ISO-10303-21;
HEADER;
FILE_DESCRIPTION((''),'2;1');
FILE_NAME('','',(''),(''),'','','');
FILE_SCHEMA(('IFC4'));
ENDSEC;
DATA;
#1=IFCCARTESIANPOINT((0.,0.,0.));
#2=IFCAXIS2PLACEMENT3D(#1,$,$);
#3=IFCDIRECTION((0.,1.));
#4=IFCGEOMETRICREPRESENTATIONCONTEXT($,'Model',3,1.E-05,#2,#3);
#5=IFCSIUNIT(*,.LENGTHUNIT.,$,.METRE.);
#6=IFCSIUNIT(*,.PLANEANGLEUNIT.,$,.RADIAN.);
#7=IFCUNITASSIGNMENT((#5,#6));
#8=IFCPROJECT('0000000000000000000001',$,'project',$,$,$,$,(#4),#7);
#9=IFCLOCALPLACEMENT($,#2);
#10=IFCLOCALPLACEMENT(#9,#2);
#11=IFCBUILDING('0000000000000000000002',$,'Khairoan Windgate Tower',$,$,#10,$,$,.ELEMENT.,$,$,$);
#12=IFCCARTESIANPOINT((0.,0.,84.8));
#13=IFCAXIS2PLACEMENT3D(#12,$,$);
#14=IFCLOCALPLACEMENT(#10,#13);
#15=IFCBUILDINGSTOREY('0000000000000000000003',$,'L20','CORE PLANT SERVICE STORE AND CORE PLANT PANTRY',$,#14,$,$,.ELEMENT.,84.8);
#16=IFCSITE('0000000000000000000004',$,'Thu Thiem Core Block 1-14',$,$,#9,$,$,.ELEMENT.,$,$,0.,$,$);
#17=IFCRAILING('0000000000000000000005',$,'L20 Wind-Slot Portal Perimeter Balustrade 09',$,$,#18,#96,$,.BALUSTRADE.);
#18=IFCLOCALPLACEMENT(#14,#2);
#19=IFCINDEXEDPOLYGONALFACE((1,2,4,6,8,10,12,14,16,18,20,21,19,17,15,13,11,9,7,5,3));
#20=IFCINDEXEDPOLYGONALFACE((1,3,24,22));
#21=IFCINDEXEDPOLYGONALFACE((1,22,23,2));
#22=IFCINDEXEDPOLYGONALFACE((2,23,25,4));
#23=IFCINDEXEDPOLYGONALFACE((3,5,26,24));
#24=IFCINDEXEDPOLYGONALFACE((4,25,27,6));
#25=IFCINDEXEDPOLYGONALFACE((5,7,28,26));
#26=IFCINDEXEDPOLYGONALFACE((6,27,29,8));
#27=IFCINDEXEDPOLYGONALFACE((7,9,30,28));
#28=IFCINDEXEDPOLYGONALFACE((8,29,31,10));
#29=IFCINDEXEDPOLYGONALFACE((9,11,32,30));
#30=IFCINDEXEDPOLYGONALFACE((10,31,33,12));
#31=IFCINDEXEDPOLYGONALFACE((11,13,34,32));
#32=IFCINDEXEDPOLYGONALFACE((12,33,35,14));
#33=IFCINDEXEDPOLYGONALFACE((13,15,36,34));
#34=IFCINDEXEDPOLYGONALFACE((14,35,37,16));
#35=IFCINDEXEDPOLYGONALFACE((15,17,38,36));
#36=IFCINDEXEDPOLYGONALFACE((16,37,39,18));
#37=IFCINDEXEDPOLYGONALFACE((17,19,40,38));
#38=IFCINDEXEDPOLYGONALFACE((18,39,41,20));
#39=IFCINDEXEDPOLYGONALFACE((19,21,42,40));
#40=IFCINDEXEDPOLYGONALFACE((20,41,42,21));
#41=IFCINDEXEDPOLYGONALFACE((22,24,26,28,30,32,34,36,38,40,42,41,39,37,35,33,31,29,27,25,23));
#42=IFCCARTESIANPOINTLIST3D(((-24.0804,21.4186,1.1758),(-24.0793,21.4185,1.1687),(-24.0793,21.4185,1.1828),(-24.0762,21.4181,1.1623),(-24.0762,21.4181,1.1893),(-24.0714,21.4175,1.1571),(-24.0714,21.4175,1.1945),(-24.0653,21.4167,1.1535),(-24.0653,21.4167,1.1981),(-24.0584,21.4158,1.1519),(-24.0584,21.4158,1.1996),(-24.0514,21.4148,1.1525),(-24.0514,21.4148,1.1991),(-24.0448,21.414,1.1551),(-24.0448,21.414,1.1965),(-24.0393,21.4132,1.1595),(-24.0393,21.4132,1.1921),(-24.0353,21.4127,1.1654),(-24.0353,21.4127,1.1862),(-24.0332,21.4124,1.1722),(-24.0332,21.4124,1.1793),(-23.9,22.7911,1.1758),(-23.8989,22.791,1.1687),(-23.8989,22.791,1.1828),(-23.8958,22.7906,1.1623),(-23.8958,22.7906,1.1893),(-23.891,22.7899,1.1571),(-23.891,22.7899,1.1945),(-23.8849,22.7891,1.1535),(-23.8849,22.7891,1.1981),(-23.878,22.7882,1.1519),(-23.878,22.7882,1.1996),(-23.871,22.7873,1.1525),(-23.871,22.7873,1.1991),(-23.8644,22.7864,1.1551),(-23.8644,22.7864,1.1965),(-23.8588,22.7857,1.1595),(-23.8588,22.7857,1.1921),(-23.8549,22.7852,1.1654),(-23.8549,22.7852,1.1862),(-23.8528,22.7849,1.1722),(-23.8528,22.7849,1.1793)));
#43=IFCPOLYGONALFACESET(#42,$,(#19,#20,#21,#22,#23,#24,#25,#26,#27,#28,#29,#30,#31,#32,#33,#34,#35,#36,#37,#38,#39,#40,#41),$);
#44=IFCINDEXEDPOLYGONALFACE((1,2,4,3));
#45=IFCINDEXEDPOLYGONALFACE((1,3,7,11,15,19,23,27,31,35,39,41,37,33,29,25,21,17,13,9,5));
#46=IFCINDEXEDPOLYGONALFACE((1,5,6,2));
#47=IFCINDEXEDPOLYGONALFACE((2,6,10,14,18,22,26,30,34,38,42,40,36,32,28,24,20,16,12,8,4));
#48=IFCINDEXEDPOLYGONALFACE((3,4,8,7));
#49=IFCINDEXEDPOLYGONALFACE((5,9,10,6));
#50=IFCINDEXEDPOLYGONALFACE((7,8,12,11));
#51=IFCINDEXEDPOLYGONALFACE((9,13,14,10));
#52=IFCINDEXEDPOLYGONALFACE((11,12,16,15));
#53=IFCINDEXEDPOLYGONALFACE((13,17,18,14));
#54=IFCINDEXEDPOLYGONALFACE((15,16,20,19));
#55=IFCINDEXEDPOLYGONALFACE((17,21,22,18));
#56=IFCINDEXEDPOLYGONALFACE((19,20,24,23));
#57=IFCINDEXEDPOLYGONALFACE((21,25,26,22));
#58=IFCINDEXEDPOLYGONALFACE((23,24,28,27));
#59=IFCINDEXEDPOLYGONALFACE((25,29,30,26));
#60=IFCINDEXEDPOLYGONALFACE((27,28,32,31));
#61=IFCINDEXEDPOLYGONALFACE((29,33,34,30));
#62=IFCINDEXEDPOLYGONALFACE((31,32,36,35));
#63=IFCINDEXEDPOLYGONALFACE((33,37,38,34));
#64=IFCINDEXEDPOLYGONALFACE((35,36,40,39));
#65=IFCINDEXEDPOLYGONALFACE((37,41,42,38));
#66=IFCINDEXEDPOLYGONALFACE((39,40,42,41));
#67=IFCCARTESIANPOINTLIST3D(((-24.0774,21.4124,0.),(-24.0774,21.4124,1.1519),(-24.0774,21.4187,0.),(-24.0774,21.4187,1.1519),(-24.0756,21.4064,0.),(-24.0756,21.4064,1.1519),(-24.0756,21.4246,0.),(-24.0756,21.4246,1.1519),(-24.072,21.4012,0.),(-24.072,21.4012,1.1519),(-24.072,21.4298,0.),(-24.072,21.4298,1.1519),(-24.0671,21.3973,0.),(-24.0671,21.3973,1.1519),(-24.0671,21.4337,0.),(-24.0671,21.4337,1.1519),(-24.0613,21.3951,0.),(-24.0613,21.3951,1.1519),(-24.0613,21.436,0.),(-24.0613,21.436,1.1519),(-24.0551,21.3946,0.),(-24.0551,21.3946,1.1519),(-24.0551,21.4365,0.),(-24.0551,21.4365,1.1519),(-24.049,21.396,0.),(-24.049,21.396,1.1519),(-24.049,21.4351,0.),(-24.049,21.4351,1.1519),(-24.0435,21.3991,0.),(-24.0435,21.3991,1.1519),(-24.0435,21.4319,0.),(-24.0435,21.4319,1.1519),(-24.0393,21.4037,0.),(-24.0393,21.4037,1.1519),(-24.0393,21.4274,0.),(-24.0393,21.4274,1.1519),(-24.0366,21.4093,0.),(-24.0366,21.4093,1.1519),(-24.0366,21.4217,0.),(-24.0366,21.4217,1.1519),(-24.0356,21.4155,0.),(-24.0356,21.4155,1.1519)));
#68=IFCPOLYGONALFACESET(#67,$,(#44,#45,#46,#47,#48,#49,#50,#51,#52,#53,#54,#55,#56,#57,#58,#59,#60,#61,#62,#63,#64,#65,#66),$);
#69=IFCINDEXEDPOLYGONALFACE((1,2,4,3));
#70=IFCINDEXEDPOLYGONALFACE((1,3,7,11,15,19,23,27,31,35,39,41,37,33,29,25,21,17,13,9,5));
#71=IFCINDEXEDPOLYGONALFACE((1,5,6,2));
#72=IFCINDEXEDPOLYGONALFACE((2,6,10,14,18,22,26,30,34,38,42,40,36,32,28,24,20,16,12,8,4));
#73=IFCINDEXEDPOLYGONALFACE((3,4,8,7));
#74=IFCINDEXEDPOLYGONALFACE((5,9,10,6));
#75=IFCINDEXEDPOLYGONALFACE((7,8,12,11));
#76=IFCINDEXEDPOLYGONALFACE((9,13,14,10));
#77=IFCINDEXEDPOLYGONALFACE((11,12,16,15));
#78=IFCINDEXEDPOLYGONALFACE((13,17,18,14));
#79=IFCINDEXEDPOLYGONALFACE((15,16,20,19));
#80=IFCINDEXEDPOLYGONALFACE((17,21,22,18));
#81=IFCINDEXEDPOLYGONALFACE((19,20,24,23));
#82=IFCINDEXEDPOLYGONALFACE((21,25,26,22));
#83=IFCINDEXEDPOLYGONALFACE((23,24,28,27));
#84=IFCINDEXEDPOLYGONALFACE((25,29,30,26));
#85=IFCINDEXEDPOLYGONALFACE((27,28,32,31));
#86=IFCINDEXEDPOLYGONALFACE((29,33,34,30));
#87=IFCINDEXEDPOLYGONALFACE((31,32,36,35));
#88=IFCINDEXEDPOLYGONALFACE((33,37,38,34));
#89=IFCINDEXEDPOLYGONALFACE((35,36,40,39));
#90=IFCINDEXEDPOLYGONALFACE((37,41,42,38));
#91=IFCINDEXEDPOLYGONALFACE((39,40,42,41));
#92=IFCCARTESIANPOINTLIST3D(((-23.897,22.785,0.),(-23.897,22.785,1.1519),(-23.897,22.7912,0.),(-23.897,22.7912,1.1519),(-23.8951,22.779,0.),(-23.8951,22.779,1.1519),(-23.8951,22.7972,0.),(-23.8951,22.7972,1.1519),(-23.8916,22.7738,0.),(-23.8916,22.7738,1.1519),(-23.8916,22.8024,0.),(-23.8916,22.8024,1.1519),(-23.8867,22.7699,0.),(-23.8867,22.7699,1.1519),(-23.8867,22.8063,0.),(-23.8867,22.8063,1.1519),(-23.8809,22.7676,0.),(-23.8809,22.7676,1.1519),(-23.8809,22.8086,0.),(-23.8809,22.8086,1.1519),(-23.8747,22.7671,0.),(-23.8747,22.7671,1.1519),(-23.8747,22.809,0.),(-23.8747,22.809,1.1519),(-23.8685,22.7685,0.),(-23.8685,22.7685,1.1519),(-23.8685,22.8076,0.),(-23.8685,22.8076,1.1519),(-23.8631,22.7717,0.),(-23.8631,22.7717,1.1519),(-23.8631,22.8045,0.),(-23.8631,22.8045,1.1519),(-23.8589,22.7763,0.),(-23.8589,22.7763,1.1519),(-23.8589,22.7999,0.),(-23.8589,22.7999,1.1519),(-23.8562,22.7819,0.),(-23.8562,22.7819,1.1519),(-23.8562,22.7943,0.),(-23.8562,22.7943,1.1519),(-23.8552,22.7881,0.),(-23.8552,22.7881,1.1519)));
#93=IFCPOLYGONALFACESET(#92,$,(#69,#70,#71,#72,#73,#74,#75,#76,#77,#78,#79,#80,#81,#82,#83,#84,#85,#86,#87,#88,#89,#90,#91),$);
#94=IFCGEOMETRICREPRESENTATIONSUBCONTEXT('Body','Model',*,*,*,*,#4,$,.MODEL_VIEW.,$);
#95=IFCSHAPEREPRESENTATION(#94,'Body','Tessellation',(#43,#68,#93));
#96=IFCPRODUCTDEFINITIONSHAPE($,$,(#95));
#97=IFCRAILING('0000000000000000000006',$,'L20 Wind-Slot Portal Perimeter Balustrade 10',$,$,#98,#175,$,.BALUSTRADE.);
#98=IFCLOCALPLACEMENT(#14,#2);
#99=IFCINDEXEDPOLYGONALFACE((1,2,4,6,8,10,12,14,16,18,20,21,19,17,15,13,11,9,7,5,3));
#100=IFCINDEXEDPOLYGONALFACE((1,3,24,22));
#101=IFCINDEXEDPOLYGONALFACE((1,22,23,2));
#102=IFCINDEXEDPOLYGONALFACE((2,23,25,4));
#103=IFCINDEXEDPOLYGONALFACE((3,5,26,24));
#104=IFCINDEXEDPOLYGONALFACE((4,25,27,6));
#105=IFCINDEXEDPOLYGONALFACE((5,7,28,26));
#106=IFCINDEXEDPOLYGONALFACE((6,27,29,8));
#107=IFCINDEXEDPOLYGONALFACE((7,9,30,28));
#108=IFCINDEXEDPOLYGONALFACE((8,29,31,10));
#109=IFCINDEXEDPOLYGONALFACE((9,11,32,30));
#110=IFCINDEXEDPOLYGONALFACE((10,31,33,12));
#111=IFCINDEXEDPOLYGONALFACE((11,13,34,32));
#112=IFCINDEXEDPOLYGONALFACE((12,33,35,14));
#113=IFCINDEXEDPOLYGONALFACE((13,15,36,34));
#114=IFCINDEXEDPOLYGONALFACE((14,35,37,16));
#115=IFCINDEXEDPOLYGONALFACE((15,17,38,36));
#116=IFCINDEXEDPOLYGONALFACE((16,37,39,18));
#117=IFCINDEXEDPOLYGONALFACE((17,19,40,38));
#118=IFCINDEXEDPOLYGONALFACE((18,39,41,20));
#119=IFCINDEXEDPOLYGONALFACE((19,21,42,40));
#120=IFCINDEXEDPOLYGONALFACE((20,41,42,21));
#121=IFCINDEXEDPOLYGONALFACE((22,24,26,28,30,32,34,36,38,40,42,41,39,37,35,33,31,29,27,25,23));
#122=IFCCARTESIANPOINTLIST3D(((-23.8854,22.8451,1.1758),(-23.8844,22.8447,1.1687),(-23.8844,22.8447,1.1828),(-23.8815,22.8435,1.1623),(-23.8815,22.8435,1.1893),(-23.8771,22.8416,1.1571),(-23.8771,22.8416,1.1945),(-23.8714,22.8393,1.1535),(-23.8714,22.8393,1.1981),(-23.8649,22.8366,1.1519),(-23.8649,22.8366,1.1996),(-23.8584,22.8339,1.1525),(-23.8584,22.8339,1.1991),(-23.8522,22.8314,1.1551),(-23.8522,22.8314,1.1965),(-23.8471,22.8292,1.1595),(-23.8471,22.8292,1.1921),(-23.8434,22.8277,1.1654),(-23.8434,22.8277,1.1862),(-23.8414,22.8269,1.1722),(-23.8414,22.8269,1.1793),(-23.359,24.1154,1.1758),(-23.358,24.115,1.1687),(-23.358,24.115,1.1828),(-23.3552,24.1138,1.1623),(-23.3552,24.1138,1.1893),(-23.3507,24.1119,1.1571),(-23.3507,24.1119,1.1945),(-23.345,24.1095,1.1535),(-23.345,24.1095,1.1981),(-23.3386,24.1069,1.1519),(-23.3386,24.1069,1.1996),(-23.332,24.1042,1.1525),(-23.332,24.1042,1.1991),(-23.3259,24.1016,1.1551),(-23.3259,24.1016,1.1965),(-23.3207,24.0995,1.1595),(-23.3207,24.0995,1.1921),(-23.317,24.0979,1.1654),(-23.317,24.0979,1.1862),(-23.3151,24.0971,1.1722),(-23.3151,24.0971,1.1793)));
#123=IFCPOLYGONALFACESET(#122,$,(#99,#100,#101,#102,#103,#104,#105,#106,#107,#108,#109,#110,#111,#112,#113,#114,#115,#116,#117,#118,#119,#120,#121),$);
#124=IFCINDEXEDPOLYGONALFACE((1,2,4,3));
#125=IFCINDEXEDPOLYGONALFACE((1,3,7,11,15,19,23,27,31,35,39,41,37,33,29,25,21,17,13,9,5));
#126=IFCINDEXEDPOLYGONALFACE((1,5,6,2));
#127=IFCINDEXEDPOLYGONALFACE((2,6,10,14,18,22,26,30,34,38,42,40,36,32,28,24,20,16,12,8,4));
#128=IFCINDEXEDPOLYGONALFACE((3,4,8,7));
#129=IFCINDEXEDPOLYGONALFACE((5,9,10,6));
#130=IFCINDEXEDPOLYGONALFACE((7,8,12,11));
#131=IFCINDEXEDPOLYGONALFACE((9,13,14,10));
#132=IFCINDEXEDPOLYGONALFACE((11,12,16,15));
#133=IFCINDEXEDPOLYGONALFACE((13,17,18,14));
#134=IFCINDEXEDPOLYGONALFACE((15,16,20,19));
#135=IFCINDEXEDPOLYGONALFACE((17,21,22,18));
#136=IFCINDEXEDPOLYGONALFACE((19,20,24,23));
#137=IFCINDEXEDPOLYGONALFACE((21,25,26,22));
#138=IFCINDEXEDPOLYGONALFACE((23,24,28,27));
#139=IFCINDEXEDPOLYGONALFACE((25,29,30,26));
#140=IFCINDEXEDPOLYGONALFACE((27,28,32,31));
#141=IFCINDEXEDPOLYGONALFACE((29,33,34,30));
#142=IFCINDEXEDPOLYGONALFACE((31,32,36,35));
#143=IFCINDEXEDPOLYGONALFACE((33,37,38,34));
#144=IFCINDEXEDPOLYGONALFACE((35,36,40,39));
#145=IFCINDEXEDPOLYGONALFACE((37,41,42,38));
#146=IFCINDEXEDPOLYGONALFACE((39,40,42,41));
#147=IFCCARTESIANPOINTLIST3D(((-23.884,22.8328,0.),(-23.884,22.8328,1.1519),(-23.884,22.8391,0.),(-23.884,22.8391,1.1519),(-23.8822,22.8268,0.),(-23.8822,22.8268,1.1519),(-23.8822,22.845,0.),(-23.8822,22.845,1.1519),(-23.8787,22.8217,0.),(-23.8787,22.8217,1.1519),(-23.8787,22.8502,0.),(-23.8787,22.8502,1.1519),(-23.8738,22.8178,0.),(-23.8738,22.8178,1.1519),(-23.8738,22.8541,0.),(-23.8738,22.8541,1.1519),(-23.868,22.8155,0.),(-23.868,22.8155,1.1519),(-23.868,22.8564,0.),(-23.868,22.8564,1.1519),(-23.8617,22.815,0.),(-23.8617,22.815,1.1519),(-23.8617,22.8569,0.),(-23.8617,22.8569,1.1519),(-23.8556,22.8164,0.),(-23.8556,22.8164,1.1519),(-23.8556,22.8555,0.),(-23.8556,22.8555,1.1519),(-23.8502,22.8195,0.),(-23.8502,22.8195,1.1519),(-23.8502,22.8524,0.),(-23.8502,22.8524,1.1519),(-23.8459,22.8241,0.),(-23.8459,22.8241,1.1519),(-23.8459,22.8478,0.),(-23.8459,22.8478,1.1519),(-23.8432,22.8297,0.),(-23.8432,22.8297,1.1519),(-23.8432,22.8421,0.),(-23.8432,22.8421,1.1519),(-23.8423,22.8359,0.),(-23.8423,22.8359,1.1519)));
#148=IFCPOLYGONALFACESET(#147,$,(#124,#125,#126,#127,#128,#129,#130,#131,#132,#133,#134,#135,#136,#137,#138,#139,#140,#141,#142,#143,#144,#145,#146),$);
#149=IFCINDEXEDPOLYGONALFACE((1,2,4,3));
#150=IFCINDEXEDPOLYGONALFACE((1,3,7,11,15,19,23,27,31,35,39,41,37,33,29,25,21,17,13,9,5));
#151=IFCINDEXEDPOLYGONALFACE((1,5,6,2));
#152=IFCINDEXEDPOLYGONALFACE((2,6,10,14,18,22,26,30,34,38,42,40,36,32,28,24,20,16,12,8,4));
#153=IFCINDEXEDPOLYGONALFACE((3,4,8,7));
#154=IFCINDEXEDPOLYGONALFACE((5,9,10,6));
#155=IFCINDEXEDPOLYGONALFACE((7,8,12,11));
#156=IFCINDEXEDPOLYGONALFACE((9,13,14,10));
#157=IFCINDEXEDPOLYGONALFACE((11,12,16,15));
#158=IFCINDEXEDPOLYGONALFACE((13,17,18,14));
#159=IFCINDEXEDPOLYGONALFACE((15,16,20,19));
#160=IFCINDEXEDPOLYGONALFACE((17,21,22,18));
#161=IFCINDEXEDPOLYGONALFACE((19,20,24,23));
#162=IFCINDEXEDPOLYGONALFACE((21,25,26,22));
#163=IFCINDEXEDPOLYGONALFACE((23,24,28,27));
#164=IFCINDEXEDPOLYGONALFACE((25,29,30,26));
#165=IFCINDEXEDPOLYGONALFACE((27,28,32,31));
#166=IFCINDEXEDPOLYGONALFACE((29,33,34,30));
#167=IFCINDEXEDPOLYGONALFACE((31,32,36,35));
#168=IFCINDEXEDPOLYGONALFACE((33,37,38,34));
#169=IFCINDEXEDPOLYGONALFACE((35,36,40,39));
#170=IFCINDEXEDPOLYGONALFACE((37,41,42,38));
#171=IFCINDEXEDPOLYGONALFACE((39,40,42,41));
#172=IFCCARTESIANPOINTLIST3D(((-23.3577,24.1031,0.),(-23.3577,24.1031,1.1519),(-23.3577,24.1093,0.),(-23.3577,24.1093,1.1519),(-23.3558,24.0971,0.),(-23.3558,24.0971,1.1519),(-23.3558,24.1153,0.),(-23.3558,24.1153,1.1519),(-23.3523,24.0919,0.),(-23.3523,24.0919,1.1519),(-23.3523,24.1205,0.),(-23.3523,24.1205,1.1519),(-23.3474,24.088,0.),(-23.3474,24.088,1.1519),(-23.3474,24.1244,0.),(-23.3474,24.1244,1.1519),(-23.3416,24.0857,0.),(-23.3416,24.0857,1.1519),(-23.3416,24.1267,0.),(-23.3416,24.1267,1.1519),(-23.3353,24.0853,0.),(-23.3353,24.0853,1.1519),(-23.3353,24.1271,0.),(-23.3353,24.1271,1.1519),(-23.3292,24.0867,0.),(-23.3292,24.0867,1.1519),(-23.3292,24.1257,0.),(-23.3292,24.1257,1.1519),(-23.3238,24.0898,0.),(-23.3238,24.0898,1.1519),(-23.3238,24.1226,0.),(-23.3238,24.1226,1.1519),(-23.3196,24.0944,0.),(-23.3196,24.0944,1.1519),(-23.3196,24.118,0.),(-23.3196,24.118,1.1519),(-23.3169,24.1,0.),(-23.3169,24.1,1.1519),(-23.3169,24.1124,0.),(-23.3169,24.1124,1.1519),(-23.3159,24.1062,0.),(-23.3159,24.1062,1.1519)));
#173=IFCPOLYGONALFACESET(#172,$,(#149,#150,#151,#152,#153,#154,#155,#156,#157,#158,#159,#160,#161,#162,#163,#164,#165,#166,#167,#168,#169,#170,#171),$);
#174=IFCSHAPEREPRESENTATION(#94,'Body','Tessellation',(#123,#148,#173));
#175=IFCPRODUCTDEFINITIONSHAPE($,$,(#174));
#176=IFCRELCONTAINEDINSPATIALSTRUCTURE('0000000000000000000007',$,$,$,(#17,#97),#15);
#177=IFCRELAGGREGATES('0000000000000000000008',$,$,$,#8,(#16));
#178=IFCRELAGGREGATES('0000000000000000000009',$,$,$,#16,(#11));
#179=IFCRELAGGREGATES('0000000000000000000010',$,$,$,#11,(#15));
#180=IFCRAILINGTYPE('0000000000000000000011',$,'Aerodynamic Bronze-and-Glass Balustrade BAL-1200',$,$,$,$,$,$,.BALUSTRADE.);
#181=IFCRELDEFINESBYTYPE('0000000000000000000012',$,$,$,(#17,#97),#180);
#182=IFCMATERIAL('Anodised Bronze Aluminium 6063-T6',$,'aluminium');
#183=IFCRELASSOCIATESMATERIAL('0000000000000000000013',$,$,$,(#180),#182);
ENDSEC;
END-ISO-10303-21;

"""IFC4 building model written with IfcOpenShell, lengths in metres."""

from ifc_helpers import new_model, si_unit, direction, frame, origin, origin_2d, place, context, subcontext, project, spatial, circle, extrude, material, type_object, element, save


model = new_model("IFC4")

# Units and contexts
model_context = context("Model", 3, precision=1e-05, world=origin(), true_north=direction((0.0, 1.0)))
body_context = subcontext(model_context, "Body", "Model", "MODEL_VIEW")
ifc_project = project(units=[si_unit("LENGTHUNIT", "METRE"), si_unit("PLANEANGLEUNIT", "RADIAN")], contexts=[model_context])

# Site, building, storey
site_placement = place(None, origin())
site = spatial("IfcSite", under=ifc_project, at=site_placement, Name="Thu Thiem Core Block 1-14", CompositionType="ELEMENT", RefElevation=0.0)
building_placement = place(site_placement, origin())
building = spatial("IfcBuilding", under=site, at=building_placement, Name="Khairoan Windgate Tower", CompositionType="ELEMENT")
storey_placement = place(building_placement, frame((0.0, 0.0, 84.8)))
storey = spatial("IfcBuildingStorey", under=building, at=storey_placement, Name="L20", Description="CORE PLANT SERVICE STORE AND CORE PLANT PANTRY", CompositionType="ELEMENT", Elevation=84.8)

# Railings
ifc_material_1 = material(Name="Anodised Bronze Aluminium 6063-T6", Category="aluminium")
railing_type_1 = type_object("IfcRailingType", Name="Aerodynamic Bronze-and-Glass Balustrade BAL-1200", PredefinedType="BALUSTRADE", material=ifc_material_1)
railing_1_placement = place(storey_placement, frame((-24.0566, 21.4155, 0.0)))
element("IfcRailing", 1, at=railing_1_placement, inside=storey, type_object=railing_type_1, Name="L20 Wind-Slot Portal Perimeter Balustrade 09", PredefinedType="BALUSTRADE", context=body_context, shape_type="SweptSolid", body=[
    extrude(circle(Radius=0.0239, at=origin_2d()), frame((0.0, 0.0, 1.1758), z_axis=(0.130327, 0.991471, 0.0), x_axis=(-0.991471, 0.130327, 0.0)), (0.0, 0.0, 1.0), 1.3843),
    extrude(circle(Radius=0.021, at=origin_2d()), origin(), (0.0, 0.0, 1.0), 1.1519),
    extrude(circle(Radius=0.021, at=origin_2d()), frame((0.1804, 1.3726, 0.0)), (0.0, 0.0, 1.0), 1.1519),
])
railing_2_placement = place(storey_placement, frame((-23.8633, 22.8359, 0.0)))
element("IfcRailing", 2, at=railing_2_placement, inside=storey, type_object=railing_type_1, Name="L20 Wind-Slot Portal Perimeter Balustrade 10", PredefinedType="BALUSTRADE", context=body_context, shape_type="SweptSolid", body=[
    extrude(circle(Radius=0.0239, at=origin_2d()), frame((0.0, 0.0, 1.1758), z_axis=(0.382812, 0.923826, 0.0), x_axis=(-0.923826, 0.382812, 0.0)), (0.0, 0.0, 1.0), 1.375),
    extrude(circle(Radius=0.021, at=origin_2d()), origin(), (0.0, 0.0, 1.0), 1.1519),
    extrude(circle(Radius=0.021, at=origin_2d()), frame((0.5264, 1.2703, 0.0)), (0.0, 0.0, 1.0), 1.1519),
])

save(model, "model.ifc")
